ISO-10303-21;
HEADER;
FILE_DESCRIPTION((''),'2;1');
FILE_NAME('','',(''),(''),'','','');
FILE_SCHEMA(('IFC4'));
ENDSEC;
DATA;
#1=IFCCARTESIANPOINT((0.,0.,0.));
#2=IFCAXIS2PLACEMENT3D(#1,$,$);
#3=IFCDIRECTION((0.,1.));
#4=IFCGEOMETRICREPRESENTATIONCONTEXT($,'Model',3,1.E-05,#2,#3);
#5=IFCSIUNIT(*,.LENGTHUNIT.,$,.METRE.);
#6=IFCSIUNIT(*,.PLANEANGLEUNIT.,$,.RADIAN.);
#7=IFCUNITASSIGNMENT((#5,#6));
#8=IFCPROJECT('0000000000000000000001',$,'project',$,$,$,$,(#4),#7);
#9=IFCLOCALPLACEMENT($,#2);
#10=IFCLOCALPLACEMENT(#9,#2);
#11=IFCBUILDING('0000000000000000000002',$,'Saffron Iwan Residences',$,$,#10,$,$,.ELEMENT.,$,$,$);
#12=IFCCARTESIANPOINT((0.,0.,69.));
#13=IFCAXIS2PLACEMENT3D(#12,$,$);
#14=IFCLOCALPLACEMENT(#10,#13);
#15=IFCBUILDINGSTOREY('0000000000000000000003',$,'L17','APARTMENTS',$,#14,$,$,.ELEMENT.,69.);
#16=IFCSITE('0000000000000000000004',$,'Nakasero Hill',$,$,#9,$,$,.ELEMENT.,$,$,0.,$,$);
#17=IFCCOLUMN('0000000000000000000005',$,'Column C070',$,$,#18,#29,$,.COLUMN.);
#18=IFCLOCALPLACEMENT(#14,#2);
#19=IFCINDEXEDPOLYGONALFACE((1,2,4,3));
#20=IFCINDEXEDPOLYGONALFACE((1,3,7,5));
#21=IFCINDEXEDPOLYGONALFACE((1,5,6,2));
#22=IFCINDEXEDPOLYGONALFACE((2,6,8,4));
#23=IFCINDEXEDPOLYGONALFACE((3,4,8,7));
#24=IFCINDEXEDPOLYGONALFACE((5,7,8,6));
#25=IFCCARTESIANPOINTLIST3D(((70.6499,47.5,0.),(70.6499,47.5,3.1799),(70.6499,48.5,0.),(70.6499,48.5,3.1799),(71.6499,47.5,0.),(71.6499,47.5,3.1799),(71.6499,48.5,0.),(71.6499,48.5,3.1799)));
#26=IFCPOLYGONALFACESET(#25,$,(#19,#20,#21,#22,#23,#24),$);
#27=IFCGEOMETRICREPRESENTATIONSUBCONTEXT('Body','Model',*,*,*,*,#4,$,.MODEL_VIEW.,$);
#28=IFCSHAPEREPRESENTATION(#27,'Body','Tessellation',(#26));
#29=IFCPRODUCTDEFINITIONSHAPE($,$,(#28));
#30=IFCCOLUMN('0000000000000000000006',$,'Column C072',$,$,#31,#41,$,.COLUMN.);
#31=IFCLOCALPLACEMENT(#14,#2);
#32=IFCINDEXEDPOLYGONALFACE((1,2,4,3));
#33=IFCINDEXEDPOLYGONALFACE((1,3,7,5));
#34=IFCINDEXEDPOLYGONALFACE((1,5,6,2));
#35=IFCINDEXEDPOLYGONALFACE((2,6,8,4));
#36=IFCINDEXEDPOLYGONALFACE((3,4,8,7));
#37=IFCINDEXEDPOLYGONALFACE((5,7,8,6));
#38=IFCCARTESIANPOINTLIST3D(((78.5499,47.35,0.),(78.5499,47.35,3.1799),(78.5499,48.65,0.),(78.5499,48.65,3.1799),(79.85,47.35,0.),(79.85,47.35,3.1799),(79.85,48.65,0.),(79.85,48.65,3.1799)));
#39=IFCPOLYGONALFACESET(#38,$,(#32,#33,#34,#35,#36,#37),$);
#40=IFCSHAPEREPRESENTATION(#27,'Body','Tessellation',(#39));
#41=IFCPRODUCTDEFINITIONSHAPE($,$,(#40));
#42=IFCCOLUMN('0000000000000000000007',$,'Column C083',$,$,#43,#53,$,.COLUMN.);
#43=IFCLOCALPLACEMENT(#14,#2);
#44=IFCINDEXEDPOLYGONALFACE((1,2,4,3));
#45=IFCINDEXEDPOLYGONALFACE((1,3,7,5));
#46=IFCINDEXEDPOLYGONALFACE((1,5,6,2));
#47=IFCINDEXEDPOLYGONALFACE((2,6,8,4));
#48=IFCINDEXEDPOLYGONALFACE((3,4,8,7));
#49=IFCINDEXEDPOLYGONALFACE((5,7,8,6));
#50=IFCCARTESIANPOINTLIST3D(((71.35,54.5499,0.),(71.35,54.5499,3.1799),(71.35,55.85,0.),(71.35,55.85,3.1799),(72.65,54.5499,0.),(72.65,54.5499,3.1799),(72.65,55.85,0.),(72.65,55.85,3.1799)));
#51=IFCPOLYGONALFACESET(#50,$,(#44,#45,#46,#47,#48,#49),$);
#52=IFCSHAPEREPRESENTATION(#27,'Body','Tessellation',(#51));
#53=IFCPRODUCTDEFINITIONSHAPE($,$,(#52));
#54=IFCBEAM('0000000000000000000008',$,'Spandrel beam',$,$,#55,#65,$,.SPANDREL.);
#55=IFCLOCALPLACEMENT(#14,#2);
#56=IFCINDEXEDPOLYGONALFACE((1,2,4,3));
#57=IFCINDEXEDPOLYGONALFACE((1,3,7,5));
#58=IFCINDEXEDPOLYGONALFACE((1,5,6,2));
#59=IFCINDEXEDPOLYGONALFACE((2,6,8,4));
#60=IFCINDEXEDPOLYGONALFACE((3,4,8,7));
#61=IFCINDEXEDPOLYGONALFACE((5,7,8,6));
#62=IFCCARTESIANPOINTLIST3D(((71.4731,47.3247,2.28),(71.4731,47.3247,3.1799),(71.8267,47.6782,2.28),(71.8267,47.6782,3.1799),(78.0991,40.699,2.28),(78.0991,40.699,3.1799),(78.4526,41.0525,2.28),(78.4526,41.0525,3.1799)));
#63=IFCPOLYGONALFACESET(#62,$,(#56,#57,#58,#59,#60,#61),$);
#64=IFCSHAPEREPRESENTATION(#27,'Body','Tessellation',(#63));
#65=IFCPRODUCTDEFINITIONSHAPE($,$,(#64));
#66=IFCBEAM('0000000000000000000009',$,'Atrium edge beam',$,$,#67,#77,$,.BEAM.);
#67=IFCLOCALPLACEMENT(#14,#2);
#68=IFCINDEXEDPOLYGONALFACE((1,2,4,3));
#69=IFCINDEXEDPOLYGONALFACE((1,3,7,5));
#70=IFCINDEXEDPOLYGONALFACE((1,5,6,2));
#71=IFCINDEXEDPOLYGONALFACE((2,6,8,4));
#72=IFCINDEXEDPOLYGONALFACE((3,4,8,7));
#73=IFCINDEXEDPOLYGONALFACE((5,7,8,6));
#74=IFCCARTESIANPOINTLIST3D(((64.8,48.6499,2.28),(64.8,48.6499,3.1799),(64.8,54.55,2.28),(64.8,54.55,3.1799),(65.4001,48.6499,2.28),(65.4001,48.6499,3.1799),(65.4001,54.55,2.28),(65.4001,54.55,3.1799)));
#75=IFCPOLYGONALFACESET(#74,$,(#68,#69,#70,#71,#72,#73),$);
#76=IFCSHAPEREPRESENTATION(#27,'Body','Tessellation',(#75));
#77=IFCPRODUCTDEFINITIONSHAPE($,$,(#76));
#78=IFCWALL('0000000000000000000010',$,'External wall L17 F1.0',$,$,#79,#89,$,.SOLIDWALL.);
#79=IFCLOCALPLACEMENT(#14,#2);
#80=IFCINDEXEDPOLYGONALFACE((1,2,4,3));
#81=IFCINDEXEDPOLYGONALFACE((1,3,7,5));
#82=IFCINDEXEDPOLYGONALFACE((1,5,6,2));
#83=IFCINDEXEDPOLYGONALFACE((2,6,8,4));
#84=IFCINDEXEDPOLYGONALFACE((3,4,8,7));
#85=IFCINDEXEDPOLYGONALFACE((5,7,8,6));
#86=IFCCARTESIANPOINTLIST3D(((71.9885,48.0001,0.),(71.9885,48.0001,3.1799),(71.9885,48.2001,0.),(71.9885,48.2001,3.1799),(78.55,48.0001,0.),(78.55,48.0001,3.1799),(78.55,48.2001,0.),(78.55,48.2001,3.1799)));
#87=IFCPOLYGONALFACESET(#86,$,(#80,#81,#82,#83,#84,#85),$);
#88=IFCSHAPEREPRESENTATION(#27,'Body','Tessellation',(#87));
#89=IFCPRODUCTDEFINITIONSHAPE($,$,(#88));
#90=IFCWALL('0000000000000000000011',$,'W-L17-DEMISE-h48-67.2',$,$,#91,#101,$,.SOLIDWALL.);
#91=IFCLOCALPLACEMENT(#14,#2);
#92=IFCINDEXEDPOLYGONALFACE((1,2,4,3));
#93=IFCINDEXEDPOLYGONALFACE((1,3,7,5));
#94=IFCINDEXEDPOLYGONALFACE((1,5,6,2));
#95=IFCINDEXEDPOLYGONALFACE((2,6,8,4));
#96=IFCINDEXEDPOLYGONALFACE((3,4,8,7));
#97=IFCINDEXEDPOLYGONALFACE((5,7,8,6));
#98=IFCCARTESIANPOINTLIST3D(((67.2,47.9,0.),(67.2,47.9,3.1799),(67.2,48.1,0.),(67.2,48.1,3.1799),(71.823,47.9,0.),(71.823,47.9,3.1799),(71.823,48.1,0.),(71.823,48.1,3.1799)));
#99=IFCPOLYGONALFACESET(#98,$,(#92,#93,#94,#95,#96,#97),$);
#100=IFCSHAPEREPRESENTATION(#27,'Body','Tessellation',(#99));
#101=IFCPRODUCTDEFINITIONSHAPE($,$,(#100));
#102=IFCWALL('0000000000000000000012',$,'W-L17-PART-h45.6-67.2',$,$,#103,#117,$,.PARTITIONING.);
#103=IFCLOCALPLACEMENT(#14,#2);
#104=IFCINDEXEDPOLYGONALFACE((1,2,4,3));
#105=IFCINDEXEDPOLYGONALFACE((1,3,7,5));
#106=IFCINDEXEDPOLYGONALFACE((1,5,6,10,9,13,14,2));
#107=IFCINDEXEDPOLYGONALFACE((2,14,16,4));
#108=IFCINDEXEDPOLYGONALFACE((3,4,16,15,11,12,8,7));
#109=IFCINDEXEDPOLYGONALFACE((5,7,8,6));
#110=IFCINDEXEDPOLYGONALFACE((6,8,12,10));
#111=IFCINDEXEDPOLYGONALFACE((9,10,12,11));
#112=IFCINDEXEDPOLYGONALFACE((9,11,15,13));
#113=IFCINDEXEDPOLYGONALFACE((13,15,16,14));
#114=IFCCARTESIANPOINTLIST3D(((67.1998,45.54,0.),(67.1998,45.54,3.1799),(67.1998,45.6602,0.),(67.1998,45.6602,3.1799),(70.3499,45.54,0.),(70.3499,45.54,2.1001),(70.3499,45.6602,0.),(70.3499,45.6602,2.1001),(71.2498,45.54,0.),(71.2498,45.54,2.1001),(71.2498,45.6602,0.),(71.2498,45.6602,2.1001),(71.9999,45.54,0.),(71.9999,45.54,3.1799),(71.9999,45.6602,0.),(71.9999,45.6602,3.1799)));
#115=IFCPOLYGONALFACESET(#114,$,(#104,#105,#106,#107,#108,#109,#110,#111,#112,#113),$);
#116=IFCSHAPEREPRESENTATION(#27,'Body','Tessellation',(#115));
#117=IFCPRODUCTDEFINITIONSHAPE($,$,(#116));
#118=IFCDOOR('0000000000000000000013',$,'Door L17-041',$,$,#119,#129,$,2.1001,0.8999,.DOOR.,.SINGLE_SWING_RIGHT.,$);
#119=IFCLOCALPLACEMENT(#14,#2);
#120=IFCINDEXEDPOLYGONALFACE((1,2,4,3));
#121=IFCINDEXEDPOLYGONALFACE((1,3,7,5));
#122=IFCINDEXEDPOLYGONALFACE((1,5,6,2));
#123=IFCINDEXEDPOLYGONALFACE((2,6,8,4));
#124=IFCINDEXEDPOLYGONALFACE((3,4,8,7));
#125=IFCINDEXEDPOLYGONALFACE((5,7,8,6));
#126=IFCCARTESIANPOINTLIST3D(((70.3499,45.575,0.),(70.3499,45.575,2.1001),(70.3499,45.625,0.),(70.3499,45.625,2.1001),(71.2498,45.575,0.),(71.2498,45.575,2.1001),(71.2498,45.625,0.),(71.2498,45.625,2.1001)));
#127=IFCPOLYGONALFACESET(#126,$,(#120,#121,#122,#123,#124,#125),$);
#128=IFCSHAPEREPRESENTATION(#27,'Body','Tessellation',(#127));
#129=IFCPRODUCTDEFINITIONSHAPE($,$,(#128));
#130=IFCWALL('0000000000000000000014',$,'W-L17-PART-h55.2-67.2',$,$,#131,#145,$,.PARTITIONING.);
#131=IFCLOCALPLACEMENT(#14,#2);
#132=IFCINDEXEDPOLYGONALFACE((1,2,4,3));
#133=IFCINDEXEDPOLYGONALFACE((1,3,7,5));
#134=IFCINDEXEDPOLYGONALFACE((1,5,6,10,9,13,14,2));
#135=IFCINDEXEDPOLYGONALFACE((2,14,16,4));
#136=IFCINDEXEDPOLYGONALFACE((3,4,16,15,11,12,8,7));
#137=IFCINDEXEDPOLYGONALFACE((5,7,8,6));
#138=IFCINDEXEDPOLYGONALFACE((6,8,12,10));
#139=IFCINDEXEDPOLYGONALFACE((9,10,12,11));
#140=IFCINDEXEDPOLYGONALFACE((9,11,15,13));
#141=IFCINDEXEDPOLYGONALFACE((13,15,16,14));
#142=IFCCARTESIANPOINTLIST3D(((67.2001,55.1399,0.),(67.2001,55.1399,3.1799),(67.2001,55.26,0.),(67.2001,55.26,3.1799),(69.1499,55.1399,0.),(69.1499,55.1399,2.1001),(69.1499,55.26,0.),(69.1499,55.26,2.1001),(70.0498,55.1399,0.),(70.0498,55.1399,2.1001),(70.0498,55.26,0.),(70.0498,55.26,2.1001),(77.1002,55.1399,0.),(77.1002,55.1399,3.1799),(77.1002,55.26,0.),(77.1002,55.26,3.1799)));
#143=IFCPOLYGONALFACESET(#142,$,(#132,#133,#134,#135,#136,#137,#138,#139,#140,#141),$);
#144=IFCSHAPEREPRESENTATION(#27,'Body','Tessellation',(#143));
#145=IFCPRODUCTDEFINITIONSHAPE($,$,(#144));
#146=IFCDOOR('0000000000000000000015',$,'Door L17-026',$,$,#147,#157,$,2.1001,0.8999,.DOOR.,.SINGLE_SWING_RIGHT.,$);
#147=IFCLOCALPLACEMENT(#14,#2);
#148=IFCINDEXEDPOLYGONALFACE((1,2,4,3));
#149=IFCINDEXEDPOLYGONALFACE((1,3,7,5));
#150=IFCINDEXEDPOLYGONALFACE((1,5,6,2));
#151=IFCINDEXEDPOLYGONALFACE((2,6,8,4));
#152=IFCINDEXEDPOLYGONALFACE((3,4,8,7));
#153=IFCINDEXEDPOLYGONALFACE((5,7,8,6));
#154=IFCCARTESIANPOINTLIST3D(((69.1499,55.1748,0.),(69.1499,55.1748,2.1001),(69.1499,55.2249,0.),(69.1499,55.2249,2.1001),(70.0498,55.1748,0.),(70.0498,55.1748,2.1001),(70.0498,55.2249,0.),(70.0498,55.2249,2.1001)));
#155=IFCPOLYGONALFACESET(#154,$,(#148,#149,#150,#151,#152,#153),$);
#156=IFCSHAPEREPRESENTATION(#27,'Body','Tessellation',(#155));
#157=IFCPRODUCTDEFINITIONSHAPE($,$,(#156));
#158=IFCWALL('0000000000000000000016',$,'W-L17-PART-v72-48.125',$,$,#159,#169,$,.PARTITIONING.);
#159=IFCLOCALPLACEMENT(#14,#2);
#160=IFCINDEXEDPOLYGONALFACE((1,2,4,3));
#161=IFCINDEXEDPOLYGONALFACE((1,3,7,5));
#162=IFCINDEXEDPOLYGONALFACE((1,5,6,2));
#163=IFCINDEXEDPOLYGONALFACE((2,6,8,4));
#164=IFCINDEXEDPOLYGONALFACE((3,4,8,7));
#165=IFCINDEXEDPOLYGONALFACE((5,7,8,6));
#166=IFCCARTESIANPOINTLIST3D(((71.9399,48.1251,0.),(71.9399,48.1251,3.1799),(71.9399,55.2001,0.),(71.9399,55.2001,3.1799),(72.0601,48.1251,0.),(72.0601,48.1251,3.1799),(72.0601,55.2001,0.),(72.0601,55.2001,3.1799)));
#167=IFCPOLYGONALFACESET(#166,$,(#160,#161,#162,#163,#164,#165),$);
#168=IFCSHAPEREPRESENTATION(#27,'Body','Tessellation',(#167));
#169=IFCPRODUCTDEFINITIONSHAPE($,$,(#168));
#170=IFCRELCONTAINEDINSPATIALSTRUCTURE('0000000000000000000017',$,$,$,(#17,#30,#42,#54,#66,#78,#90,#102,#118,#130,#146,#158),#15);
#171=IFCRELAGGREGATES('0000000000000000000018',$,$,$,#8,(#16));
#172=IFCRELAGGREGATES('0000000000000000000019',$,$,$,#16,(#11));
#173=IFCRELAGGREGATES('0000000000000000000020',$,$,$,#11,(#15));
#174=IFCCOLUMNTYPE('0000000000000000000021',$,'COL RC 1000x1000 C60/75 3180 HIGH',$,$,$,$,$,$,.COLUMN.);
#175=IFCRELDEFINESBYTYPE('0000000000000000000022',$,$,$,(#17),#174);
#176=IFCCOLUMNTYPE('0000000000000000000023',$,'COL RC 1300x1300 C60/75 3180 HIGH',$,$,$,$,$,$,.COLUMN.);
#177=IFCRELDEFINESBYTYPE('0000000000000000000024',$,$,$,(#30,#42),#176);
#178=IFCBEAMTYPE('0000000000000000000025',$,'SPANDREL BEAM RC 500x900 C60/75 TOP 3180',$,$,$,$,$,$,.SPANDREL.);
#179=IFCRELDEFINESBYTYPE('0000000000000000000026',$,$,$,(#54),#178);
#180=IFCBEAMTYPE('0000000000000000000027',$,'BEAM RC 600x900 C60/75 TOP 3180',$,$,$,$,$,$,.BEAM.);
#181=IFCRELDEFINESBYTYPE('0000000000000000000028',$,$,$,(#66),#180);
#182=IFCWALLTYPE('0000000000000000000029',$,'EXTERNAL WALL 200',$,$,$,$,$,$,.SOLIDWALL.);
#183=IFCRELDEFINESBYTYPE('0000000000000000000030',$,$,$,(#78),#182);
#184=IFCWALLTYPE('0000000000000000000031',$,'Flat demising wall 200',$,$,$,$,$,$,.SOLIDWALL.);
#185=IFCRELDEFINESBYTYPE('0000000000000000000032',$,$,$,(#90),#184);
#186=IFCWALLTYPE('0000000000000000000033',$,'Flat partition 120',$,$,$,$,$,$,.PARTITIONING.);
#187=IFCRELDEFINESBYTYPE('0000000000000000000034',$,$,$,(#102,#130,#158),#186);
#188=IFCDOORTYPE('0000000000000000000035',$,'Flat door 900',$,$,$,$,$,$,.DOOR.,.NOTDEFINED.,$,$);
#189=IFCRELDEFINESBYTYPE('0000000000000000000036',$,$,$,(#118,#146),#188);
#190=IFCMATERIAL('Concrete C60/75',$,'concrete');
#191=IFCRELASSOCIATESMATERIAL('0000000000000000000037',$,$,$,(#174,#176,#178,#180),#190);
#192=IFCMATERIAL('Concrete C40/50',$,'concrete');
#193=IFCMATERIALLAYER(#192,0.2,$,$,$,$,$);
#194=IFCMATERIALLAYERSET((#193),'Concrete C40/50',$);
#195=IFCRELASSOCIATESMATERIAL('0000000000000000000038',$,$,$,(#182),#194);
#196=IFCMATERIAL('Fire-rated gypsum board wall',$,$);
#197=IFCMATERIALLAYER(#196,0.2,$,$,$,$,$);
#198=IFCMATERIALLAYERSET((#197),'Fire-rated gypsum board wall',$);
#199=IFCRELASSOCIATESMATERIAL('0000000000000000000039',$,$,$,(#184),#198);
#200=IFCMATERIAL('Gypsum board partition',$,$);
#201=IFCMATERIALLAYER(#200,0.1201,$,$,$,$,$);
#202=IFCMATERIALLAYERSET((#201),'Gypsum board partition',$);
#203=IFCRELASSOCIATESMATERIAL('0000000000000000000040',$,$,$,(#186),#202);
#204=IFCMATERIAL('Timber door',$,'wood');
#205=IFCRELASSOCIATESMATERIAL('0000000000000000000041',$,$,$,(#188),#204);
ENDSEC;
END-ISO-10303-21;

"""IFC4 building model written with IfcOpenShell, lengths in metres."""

from ifc_helpers import new_model, si_unit, direction, frame, frame_2d, origin, origin_2d, place, context, subcontext, project, spatial, rectangle, extrude, source, transform, mapped, material, layer, layer_set, material_profile, profile_set, type_object, element, fill, save


model = new_model("IFC4")

# Units and contexts
model_context = context("Model", 3, precision=1e-05, world=origin(), true_north=direction((0.0, 1.0)))
body_context = subcontext(model_context, "Body", "Model", "MODEL_VIEW")
ifc_project = project(units=[si_unit("LENGTHUNIT", "METRE"), si_unit("PLANEANGLEUNIT", "RADIAN")], contexts=[model_context])

# Site, building, storey
site_placement = place(None, origin())
site = spatial("IfcSite", under=ifc_project, at=site_placement, Name="Nakasero Hill", CompositionType="ELEMENT", RefElevation=0.0)
building_placement = place(site_placement, origin())
building = spatial("IfcBuilding", under=site, at=building_placement, Name="Saffron Iwan Residences", CompositionType="ELEMENT")
storey_placement = place(building_placement, frame((0.0, 0.0, 69.0)))
storey = spatial("IfcBuildingStorey", under=building, at=storey_placement, Name="L17", Description="APARTMENTS", CompositionType="ELEMENT", Elevation=69.0)

# Columns
ifc_material_1 = material(Name="Concrete C60/75", Category="concrete")
ifc_material_profile_1 = material_profile(ifc_material_1, rectangle(XDim=1.0, YDim=1.0, at=origin_2d()), Name="RC 1000x1000")
ifc_profile_set_1 = profile_set([ifc_material_profile_1], Name="Concrete C60/75")
column_type_1 = type_object("IfcColumnType", Name="COL RC 1000x1000 C60/75 3180 HIGH", PredefinedType="COLUMN", material=ifc_profile_set_1)
shared_shape_1 = source(origin(), body_context, "Body", "SweptSolid", [
    extrude(rectangle(XDim=1.0, YDim=1.0, at=origin_2d()), origin(), (0.0, 0.0, 1.0), 3.1799),
])
column_placement = place(storey_placement, frame((71.1499, 48.0, 0.0), z_axis=(0.0, 0.0, 1.0), x_axis=(1.0, 0.0, 0.0)))
element("IfcColumn", 1, at=column_placement, inside=storey, type_object=column_type_1, Name="Column C070", PredefinedType="COLUMN", context=body_context, shape_type="MappedRepresentation", body=[
    mapped(shared_shape_1, transform((0.0, 0.0, 0.0))),
])
ifc_material_profile_2 = material_profile(ifc_material_1, rectangle(XDim=1.3, YDim=1.3, at=origin_2d()), Name="RC 1300x1300")
ifc_profile_set_2 = profile_set([ifc_material_profile_2], Name="Concrete C60/75")
column_type_2 = type_object("IfcColumnType", Name="COL RC 1300x1300 C60/75 3180 HIGH", PredefinedType="COLUMN", material=ifc_profile_set_2)
shared_shape_2 = source(origin(), body_context, "Body", "SweptSolid", [
    extrude(rectangle(XDim=1.3, YDim=1.3, at=origin_2d()), origin(), (0.0, 0.0, 1.0), 3.1799),
])
for number, where, z_axis, x_axis, name in (
    (2, (79.2, 48.0, 0.0), (0.0, 0.0, 1.0), (1.0, 0.0, 0.0), "Column C072"),
    (3, (72.0, 55.2, 0.0), (0.0, 0.0, 1.0), (1.0, 0.0, 0.0), "Column C083"),
):
    element("IfcColumn", number, at=place(storey_placement, frame(where, z_axis=z_axis, x_axis=x_axis)), inside=storey, type_object=column_type_2, Name=name, PredefinedType="COLUMN", context=body_context, shape_type="MappedRepresentation", body=[
        mapped(shared_shape_2, transform((0.0, 0.0, 0.0))),
    ])

# Beams
ifc_material_profile_3 = material_profile(ifc_material_1, rectangle(XDim=0.5, YDim=0.8999, at=origin_2d()), Name="RC 500x900")
ifc_profile_set_3 = profile_set([ifc_material_profile_3], Name="Concrete C60/75")
beam_type_1 = type_object("IfcBeamType", Name="SPANDREL BEAM RC 500x900 C60/75 TOP 3180", PredefinedType="SPANDREL", material=ifc_profile_set_3)
shared_shape_3 = source(origin(), body_context, "Body", "SweptSolid", [
    extrude(rectangle(XDim=0.5, YDim=0.8999, at=origin_2d()), origin(), (0.0, 0.0, 1.0), 9.3704),
])
beam_1_placement = place(storey_placement, frame((71.6499, 47.5015, 2.73), z_axis=(0.70712, -0.707094, 0.0), x_axis=(0.707094, 0.70712, 0.0)))
element("IfcBeam", 4, at=beam_1_placement, inside=storey, type_object=beam_type_1, Name="Spandrel beam", PredefinedType="SPANDREL", context=body_context, shape_type="MappedRepresentation", body=[
    mapped(shared_shape_3, transform((0.0, 0.0, 0.0))),
])
ifc_material_profile_4 = material_profile(ifc_material_1, rectangle(XDim=0.6001, YDim=0.8999, at=origin_2d()), Name="RC 600x900")
ifc_profile_set_4 = profile_set([ifc_material_profile_4], Name="Concrete C60/75")
beam_type_2 = type_object("IfcBeamType", Name="BEAM RC 600x900 C60/75 TOP 3180", PredefinedType="BEAM", material=ifc_profile_set_4)
shared_shape_4 = source(origin(), body_context, "Body", "SweptSolid", [
    extrude(rectangle(XDim=0.6001, YDim=0.8999, at=origin_2d()), origin(), (0.0, 0.0, 1.0), 5.9001),
])
beam_2_placement = place(storey_placement, frame((65.1001, 54.55, 2.73), z_axis=(0.0, -1.0, 0.0), x_axis=(1.0, 0.0, 0.0)))
element("IfcBeam", 5, at=beam_2_placement, inside=storey, type_object=beam_type_2, Name="Atrium edge beam", PredefinedType="BEAM", context=body_context, shape_type="MappedRepresentation", body=[
    mapped(shared_shape_4, transform((0.0, 0.0, 0.0))),
])

# Walls
ifc_material_2 = material(Name="Concrete C40/50", Category="concrete")
ifc_layer_1 = layer(ifc_material_2, 0.2)
ifc_layer_set_1 = layer_set([ifc_layer_1], Name="Concrete C40/50")
wall_type_1 = type_object("IfcWallType", Name="EXTERNAL WALL 200", PredefinedType="SOLIDWALL", material=ifc_layer_set_1)
wall_1_placement = place(storey_placement, frame((71.9885, 48.1001, 0.0), z_axis=(0.0, 0.0, 1.0), x_axis=(1.0, 0.0, 0.0)))
element("IfcWall", 6, at=wall_1_placement, inside=storey, type_object=wall_type_1, Name="External wall L17 F1.0", PredefinedType="SOLIDWALL", context=body_context, shape_type="SweptSolid", body=[
    extrude(rectangle(XDim=6.5615, YDim=0.2, at=frame_2d((3.2808, 0.0))), origin(), (0.0, 0.0, 1.0), 3.1799),
])
ifc_material_3 = material(Name="Fire-rated gypsum board wall")
ifc_layer_2 = layer(ifc_material_3, 0.2)
ifc_layer_set_2 = layer_set([ifc_layer_2], Name="Fire-rated gypsum board wall")
wall_type_2 = type_object("IfcWallType", Name="Flat demising wall 200", PredefinedType="SOLIDWALL", material=ifc_layer_set_2)
wall_2_placement = place(storey_placement, frame((67.2, 48.0, 0.0), z_axis=(0.0, 0.0, 1.0), x_axis=(1.0, 0.0, 0.0)))
element("IfcWall", 7, at=wall_2_placement, inside=storey, type_object=wall_type_2, Name="W-L17-DEMISE-h48-67.2", PredefinedType="SOLIDWALL", context=body_context, shape_type="SweptSolid", body=[
    extrude(rectangle(XDim=4.623, YDim=0.2, at=frame_2d((2.3115, 0.0))), origin(), (0.0, 0.0, 1.0), 3.1799),
])

# Walls, openings, doors
ifc_material_4 = material(Name="Gypsum board partition")
ifc_layer_3 = layer(ifc_material_4, 0.1201)
ifc_layer_set_3 = layer_set([ifc_layer_3], Name="Gypsum board partition")
wall_type_3 = type_object("IfcWallType", Name="Flat partition 120", PredefinedType="PARTITIONING", material=ifc_layer_set_3)
wall_3_placement = place(storey_placement, frame((67.2, 45.6001, 0.0), z_axis=(0.0, 0.0, 1.0), x_axis=(1.0, 0.0, 0.0)))
wall_3 = element("IfcWall", 8, at=wall_3_placement, inside=storey, type_object=wall_type_3, Name="W-L17-PART-h45.6-67.2", PredefinedType="PARTITIONING", context=body_context, shape_type="SweptSolid", body=[
    extrude(rectangle(XDim=4.8, YDim=0.1201, at=frame_2d((2.3999, 0.0))), origin(), (0.0, 0.0, 1.0), 3.1799),
])
opening_1_placement = place(wall_3_placement, frame((3.1499, 0.0, 0.0)))
opening_1 = element("IfcOpeningElement", 9, at=opening_1_placement, cuts=wall_3, PredefinedType="OPENING", context=body_context, shape_type="SweptSolid", body=[
    extrude(rectangle(XDim=0.8999, YDim=2.1001, at=frame_2d((0.45, 1.05))), frame((0.0, 0.0701, 0.0), z_axis=(0.0, -1.0, 0.0), x_axis=(1.0, 0.0, 0.0)), (0.0, 0.0, 1.0), 0.1401),
])
ifc_material_5 = material(Name="Timber door", Category="wood")
door_type_1 = type_object("IfcDoorType", Name="Flat door 900", OperationType="NOTDEFINED", PredefinedType="DOOR", material=ifc_material_5)
door_1_placement = place(opening_1_placement, origin())
door_1 = element("IfcDoor", 10, at=door_1_placement, inside=storey, type_object=door_type_1, Name="Door L17-041", OperationType="SINGLE_SWING_RIGHT", OverallHeight=2.1001, OverallWidth=0.8999, PredefinedType="DOOR", context=body_context, shape_type="SweptSolid", body=[
    extrude(rectangle(XDim=0.8999, YDim=2.1001, at=frame_2d((0.45, 1.05))), frame((0.0, 0.0249, 0.0), z_axis=(0.0, -1.0, 0.0), x_axis=(1.0, 0.0, 0.0)), (0.0, 0.0, 1.0), 0.05),
])
fill(opening_1, door_1)
wall_4_placement = place(storey_placement, frame((67.2, 55.2, 0.0), z_axis=(0.0, 0.0, 1.0), x_axis=(1.0, 0.0, 0.0)))
wall_4 = element("IfcWall", 11, at=wall_4_placement, inside=storey, type_object=wall_type_3, Name="W-L17-PART-h55.2-67.2", PredefinedType="PARTITIONING", context=body_context, shape_type="SweptSolid", body=[
    extrude(rectangle(XDim=9.9001, YDim=0.1201, at=frame_2d((4.9502, 0.0))), origin(), (0.0, 0.0, 1.0), 3.1799),
])
opening_2_placement = place(wall_4_placement, frame((1.95, 0.0, 0.0)))
opening_2 = element("IfcOpeningElement", 12, at=opening_2_placement, cuts=wall_4, PredefinedType="OPENING", context=body_context, shape_type="SweptSolid", body=[
    extrude(rectangle(XDim=0.8999, YDim=2.1001, at=frame_2d((0.45, 1.05))), frame((0.0, 0.0701, 0.0), z_axis=(0.0, -1.0, 0.0), x_axis=(1.0, 0.0, 0.0)), (0.0, 0.0, 1.0), 0.1401),
])
door_2_placement = place(opening_2_placement, origin())
door_2 = element("IfcDoor", 13, at=door_2_placement, inside=storey, type_object=door_type_1, Name="Door L17-026", OperationType="SINGLE_SWING_RIGHT", OverallHeight=2.1001, OverallWidth=0.8999, PredefinedType="DOOR", context=body_context, shape_type="SweptSolid", body=[
    extrude(rectangle(XDim=0.8999, YDim=2.1001, at=frame_2d((0.45, 1.05))), frame((0.0, 0.0249, 0.0), z_axis=(0.0, -1.0, 0.0), x_axis=(1.0, 0.0, 0.0)), (0.0, 0.0, 1.0), 0.05),
])
fill(opening_2, door_2)

# Wall
wall_5_placement = place(storey_placement, frame((72.0, 48.125, 0.0), z_axis=(0.0, 0.0, 1.0), x_axis=(0.0, 1.0, 0.0)))
element("IfcWall", 14, at=wall_5_placement, inside=storey, type_object=wall_type_3, Name="W-L17-PART-v72-48.125", PredefinedType="PARTITIONING", context=body_context, shape_type="SweptSolid", body=[
    extrude(rectangle(XDim=7.075, YDim=0.1201, at=frame_2d((3.5376, 0.0))), origin(), (0.0, 0.0, 1.0), 3.1799),
])

save(model, "model.ifc")
